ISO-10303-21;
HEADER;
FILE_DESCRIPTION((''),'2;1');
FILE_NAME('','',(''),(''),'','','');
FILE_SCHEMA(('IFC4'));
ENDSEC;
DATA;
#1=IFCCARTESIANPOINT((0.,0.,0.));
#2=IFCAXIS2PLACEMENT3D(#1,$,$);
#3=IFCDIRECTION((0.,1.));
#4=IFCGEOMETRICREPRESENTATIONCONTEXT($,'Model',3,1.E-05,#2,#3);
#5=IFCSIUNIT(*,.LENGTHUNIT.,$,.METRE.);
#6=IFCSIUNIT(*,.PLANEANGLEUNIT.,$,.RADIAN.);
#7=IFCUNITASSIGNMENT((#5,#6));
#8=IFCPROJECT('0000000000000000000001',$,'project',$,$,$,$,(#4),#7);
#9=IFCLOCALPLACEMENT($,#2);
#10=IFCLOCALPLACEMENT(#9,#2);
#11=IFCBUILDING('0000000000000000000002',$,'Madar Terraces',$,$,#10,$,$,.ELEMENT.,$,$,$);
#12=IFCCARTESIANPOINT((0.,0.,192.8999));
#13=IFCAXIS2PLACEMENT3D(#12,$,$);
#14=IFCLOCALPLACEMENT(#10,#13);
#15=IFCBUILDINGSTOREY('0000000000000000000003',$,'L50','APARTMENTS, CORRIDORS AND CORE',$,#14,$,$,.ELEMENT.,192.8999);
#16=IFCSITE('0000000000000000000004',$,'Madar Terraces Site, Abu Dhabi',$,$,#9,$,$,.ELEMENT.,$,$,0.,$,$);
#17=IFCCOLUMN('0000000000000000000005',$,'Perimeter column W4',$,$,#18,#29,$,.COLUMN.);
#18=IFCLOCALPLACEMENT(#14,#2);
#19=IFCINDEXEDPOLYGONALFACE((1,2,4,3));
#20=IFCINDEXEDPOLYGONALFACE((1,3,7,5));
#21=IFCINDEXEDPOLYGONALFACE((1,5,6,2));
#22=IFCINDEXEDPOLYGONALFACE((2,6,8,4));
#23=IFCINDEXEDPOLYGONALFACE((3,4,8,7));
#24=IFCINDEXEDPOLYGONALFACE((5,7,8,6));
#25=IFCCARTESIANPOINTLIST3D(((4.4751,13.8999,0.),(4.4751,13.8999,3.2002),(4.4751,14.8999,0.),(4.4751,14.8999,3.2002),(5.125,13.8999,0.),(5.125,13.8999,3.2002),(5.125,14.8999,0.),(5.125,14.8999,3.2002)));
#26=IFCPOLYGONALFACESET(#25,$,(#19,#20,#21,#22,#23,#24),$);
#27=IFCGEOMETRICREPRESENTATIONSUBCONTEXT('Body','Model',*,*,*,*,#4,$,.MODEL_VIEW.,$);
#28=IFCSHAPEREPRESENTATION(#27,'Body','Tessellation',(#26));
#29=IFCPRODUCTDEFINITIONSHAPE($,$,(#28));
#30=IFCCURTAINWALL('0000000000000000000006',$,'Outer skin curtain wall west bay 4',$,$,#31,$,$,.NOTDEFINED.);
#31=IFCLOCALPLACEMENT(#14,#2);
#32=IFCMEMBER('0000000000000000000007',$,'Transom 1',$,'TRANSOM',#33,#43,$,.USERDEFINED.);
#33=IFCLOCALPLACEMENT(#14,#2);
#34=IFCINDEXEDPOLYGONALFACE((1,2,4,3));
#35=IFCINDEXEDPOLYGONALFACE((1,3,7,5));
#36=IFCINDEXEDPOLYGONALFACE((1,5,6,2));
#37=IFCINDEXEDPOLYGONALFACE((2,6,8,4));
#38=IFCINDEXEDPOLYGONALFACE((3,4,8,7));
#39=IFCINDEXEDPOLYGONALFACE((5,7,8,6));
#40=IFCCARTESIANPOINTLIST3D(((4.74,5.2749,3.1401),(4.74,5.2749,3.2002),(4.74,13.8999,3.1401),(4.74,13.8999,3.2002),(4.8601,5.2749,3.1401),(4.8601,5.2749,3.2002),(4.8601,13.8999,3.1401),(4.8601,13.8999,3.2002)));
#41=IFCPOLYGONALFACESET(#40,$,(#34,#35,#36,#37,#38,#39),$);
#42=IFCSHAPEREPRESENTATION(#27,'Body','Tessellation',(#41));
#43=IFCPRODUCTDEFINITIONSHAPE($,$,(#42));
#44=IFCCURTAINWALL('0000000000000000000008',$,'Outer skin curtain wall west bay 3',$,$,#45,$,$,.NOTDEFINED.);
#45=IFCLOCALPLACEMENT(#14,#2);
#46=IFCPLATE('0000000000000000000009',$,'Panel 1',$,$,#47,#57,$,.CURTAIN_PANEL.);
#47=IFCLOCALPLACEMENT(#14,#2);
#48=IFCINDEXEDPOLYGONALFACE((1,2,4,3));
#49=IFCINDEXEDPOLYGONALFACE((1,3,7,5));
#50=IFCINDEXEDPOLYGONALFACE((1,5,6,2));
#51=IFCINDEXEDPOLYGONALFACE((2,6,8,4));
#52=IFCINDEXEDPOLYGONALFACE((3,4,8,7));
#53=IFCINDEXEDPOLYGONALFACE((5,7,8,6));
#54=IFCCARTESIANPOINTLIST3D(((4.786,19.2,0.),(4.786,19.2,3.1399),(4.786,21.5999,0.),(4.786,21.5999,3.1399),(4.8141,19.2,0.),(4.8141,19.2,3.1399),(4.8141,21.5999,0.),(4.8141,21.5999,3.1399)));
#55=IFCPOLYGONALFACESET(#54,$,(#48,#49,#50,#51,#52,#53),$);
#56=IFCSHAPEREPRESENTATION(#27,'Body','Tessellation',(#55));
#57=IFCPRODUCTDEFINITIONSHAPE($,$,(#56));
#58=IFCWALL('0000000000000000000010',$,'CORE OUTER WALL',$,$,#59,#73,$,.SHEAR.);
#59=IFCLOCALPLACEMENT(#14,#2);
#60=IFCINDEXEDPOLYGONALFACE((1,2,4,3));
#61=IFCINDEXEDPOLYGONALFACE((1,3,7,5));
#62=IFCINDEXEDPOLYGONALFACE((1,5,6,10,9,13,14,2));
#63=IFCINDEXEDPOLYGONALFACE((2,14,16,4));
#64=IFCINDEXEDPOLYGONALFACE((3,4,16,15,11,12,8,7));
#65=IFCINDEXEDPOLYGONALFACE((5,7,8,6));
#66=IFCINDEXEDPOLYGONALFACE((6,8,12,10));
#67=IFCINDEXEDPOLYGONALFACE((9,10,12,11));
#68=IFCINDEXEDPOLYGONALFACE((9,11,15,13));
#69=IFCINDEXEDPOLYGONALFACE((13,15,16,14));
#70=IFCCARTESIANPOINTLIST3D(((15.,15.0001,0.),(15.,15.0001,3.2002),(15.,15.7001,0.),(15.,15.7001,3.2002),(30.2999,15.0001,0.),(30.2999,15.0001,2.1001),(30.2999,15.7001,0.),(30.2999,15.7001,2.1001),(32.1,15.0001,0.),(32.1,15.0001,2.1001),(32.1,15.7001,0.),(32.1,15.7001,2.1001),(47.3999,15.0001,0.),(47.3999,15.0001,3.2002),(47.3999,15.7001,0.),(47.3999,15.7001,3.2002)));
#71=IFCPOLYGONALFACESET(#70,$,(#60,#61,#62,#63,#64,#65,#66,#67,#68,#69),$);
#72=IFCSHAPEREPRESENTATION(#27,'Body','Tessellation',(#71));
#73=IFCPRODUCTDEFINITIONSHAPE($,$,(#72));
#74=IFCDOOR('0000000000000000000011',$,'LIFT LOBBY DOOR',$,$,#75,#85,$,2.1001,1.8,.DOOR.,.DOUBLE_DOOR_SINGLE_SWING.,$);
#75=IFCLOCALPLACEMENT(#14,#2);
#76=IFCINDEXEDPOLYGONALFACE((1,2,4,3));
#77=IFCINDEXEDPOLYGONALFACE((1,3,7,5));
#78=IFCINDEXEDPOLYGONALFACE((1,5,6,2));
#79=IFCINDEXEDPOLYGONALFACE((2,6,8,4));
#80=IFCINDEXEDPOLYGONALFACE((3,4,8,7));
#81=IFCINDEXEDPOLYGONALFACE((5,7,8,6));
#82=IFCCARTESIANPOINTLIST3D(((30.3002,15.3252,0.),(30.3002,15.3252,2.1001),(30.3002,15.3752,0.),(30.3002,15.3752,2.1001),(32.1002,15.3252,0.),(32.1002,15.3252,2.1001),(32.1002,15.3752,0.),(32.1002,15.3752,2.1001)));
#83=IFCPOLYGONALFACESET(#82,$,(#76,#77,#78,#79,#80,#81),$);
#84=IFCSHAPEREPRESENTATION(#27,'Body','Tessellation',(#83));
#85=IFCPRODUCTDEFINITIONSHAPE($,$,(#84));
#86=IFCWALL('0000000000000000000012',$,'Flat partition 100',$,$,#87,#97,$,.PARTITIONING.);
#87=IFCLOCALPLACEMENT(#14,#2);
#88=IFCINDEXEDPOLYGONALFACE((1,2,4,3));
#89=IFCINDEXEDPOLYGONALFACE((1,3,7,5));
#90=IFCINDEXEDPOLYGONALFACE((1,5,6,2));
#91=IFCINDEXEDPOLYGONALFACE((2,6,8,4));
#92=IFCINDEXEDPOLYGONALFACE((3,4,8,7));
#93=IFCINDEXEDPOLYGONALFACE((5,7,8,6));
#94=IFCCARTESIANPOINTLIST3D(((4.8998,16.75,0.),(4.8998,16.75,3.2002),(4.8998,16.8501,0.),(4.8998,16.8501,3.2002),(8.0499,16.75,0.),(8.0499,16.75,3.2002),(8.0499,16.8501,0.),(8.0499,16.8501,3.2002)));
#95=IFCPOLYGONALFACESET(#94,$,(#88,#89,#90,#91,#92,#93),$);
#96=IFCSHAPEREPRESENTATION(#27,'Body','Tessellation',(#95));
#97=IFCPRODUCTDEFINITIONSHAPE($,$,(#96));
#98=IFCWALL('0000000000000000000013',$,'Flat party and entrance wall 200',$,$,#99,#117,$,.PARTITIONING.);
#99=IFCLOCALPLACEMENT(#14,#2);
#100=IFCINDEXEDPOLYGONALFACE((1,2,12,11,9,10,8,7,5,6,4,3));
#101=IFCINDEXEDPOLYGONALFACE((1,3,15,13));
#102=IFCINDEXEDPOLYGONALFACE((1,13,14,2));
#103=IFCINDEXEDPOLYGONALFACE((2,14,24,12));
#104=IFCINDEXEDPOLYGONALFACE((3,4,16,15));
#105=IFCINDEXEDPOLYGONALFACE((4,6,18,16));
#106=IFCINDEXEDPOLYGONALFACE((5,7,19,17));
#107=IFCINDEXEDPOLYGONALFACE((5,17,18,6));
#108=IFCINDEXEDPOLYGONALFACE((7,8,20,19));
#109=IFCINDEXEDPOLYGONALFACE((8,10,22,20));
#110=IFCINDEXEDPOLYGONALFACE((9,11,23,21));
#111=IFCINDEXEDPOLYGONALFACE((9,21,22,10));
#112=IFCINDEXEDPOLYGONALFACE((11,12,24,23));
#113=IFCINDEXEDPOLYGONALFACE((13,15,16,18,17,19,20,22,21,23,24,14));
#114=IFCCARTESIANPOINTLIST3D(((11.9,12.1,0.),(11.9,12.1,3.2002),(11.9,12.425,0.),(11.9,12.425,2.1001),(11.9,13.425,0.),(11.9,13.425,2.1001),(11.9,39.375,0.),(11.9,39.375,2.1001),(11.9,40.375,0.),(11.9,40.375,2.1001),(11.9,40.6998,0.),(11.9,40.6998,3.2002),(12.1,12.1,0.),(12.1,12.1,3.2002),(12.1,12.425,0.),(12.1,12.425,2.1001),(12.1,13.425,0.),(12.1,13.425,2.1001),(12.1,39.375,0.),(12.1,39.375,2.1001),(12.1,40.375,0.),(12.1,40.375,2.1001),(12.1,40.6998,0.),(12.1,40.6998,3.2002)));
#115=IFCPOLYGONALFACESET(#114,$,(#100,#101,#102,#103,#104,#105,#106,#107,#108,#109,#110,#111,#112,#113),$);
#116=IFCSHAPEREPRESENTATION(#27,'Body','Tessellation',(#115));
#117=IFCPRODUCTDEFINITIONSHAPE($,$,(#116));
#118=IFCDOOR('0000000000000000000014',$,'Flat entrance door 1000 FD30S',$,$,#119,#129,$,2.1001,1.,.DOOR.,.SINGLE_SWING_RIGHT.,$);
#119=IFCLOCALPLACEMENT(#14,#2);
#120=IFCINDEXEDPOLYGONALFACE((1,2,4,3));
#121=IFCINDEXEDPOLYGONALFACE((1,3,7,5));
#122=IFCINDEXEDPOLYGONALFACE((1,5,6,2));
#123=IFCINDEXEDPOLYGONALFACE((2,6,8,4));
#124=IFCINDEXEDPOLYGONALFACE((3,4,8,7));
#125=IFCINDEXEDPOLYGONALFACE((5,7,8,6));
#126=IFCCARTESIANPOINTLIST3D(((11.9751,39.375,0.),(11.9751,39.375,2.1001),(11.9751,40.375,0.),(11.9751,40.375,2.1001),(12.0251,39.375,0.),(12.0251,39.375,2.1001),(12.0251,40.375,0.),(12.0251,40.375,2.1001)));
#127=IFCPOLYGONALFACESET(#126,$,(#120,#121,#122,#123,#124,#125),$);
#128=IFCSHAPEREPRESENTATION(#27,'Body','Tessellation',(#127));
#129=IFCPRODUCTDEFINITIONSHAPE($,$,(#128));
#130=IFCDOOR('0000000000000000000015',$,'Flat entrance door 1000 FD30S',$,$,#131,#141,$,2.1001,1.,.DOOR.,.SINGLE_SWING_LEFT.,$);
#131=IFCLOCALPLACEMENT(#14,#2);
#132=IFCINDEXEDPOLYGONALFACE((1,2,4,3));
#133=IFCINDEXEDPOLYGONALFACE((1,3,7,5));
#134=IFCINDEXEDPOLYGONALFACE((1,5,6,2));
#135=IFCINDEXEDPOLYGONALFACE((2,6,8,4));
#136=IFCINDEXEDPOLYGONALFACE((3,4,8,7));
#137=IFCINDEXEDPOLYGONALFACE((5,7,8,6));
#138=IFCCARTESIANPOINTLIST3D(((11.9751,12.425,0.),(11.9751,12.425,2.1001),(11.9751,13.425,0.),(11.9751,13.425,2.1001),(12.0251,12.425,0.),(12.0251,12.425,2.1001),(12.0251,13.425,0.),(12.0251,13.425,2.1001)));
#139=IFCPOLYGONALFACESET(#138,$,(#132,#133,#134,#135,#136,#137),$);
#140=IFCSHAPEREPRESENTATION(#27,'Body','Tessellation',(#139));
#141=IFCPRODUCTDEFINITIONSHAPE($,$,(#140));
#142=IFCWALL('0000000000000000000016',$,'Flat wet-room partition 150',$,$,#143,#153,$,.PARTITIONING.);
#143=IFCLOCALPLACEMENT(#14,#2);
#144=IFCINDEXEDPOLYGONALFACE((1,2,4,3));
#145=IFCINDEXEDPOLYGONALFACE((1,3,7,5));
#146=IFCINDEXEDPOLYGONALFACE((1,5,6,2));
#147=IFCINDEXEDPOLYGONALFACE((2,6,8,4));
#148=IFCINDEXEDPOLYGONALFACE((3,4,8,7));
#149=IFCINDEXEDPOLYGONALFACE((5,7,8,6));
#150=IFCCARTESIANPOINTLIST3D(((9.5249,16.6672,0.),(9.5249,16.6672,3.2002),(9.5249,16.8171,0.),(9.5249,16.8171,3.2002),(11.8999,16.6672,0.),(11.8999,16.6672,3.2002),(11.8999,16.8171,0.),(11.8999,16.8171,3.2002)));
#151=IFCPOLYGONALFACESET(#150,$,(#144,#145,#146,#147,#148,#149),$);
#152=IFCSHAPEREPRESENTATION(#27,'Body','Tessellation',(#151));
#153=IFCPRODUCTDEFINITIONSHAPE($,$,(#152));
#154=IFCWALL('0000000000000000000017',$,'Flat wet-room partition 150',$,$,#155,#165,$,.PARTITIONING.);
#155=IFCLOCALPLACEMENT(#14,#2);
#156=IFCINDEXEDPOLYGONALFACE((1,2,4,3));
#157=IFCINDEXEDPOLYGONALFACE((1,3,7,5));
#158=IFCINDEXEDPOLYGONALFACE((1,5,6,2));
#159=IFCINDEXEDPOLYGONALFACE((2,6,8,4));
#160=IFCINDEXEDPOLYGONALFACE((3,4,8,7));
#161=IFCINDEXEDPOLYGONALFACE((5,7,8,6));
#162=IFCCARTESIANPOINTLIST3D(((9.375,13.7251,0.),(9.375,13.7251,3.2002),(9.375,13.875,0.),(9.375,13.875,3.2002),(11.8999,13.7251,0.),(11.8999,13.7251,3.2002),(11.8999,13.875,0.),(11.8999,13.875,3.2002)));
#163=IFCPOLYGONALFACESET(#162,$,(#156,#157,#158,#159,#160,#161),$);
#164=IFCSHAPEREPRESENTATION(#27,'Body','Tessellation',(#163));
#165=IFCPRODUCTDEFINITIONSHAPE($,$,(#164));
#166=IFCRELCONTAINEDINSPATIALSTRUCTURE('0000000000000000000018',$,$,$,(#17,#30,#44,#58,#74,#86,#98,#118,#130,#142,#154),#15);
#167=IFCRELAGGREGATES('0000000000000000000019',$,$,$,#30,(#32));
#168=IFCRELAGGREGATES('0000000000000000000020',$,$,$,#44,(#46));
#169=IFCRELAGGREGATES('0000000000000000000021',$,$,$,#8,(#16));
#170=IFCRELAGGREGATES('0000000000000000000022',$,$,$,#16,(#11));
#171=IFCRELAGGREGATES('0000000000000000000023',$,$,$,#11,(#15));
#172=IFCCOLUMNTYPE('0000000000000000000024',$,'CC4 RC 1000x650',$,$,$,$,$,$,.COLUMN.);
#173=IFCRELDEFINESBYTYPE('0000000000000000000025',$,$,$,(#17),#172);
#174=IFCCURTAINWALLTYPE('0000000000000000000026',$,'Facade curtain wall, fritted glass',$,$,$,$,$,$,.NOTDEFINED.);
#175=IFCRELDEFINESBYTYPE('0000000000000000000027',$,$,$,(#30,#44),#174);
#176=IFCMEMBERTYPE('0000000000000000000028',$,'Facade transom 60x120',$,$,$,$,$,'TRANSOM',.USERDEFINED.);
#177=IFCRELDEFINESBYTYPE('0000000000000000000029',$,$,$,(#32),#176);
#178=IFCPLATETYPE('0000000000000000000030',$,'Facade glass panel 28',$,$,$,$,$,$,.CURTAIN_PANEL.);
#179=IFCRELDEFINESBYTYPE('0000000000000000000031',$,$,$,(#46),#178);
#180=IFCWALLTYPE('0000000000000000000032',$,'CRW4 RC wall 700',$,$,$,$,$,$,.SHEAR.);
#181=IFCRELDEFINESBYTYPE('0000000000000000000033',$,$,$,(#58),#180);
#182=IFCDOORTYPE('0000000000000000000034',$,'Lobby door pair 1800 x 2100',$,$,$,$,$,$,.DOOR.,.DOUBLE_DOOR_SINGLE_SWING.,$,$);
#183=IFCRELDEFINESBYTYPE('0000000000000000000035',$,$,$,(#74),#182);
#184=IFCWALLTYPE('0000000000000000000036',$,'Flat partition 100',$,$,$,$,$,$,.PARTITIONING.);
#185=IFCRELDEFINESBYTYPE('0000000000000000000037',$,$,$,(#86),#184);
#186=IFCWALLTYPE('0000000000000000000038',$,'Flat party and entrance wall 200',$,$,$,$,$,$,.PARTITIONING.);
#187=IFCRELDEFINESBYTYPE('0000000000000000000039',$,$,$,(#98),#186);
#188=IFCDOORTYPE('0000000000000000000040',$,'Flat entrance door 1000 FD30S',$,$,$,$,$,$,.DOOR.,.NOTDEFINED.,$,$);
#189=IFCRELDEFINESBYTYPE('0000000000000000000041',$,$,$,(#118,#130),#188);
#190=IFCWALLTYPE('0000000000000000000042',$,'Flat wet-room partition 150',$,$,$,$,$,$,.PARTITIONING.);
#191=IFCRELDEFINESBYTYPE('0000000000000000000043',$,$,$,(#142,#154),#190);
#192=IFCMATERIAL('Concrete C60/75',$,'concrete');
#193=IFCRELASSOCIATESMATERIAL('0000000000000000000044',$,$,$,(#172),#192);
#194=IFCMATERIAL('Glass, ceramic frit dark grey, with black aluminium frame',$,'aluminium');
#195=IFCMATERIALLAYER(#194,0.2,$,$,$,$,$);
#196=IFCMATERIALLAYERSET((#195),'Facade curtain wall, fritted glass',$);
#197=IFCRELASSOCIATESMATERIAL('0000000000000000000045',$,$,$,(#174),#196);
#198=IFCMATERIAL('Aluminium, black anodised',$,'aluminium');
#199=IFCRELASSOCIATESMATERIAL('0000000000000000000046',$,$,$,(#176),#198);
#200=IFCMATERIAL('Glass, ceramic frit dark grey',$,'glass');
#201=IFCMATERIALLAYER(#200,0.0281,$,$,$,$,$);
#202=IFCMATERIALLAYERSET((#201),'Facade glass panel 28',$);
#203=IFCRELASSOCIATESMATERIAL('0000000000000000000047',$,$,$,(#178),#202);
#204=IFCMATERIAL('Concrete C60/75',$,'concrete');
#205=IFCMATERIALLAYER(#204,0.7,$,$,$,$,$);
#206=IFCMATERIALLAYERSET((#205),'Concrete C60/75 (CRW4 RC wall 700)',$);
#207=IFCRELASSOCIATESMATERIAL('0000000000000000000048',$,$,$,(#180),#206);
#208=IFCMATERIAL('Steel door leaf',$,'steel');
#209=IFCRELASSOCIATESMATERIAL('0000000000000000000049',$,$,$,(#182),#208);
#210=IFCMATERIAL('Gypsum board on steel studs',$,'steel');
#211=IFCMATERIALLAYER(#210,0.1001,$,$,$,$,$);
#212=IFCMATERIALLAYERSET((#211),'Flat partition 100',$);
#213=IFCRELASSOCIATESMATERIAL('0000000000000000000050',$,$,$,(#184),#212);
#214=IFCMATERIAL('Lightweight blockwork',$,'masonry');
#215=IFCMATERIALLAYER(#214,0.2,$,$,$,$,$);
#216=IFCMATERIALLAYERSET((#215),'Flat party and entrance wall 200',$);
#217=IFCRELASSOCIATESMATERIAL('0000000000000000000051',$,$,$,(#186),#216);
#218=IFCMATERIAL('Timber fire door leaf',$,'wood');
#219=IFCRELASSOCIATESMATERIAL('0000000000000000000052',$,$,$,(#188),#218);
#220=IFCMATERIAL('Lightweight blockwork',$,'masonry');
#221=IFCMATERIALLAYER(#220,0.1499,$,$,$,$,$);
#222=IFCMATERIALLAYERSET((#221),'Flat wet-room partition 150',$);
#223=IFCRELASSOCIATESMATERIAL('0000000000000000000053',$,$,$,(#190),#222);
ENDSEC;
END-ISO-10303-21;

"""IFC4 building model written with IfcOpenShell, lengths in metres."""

from ifc_helpers import new_model, si_unit, direction, frame, frame_2d, origin, origin_2d, place, context, subcontext, project, spatial, rectangle, extrude, material, layer, layer_set, material_profile, profile_set, type_object, element, fill, aggregate, save


model = new_model("IFC4")

# Units and contexts
model_context = context("Model", 3, precision=1e-05, world=origin(), true_north=direction((0.0, 1.0)))
body_context = subcontext(model_context, "Body", "Model", "MODEL_VIEW")
ifc_project = project(units=[si_unit("LENGTHUNIT", "METRE"), si_unit("PLANEANGLEUNIT", "RADIAN")], contexts=[model_context])

# Site, building, storey
site_placement = place(None, origin())
site = spatial("IfcSite", under=ifc_project, at=site_placement, Name="Madar Terraces Site, Abu Dhabi", CompositionType="ELEMENT", RefElevation=0.0)
building_placement = place(site_placement, origin())
building = spatial("IfcBuilding", under=site, at=building_placement, Name="Madar Terraces", CompositionType="ELEMENT")
storey_placement = place(building_placement, frame((0.0, 0.0, 192.8999)))
storey = spatial("IfcBuildingStorey", under=building, at=storey_placement, Name="L50", Description="APARTMENTS, CORRIDORS AND CORE", CompositionType="ELEMENT", Elevation=192.8999)

# Column
ifc_material_1 = material(Name="Concrete C60/75", Category="concrete")
ifc_material_profile_1 = material_profile(ifc_material_1, rectangle(XDim=1.0, YDim=0.6499, at=origin_2d()), Name="CC4 RC 1000x650")
ifc_profile_set_1 = profile_set([ifc_material_profile_1], Name="Concrete C60/75")
column_type = type_object("IfcColumnType", Name="CC4 RC 1000x650", PredefinedType="COLUMN", material=ifc_profile_set_1)
column_placement = place(storey_placement, frame((4.8, 14.3999, 0.0), z_axis=(0.0, 0.0, 1.0), x_axis=(0.0, 1.0, 0.0)))
element("IfcColumn", 1, at=column_placement, inside=storey, type_object=column_type, Name="Perimeter column W4", PredefinedType="COLUMN", context=body_context, shape_type="SweptSolid", body=[
    extrude(rectangle(XDim=1.0, YDim=0.6499, at=origin_2d()), origin(), (0.0, 0.0, 1.0), 3.2002),
])

# Curtain wall, member
ifc_material_2 = material(Name="Glass, ceramic frit dark grey, with black aluminium frame", Category="aluminium")
ifc_layer_1 = layer(ifc_material_2, 0.2)
ifc_layer_set_1 = layer_set([ifc_layer_1], Name="Facade curtain wall, fritted glass")
curtain_wall_type = type_object("IfcCurtainWallType", Name="Facade curtain wall, fritted glass", PredefinedType="NOTDEFINED", material=ifc_layer_set_1)
curtain_wall_1_placement = place(storey_placement, origin())
curtain_wall_1 = element("IfcCurtainWall", 2, at=curtain_wall_1_placement, inside=storey, type_object=curtain_wall_type, Name="Outer skin curtain wall west bay 4", PredefinedType="NOTDEFINED")
ifc_material_3 = material(Name="Aluminium, black anodised", Category="aluminium")
ifc_material_profile_2 = material_profile(ifc_material_3, rectangle(XDim=0.1201, YDim=0.0601, at=origin_2d()), Name="Facade transom 60x120")
ifc_profile_set_2 = profile_set([ifc_material_profile_2], Name="Aluminium, black anodised")
member_type = type_object("IfcMemberType", Name="Facade transom 60x120", ElementType="TRANSOM", PredefinedType="USERDEFINED", material=ifc_profile_set_2)
member_placement = place(storey_placement, frame((4.8, 13.8999, 3.1702), z_axis=(0.0, -1.0, 0.0), x_axis=(1.0, 0.0, 0.0)))
member = element("IfcMember", 3, at=member_placement, type_object=member_type, Name="Transom 1", ObjectType="TRANSOM", PredefinedType="USERDEFINED", context=body_context, shape_type="SweptSolid", body=[
    extrude(rectangle(XDim=0.1201, YDim=0.0601, at=origin_2d()), origin(), (0.0, 0.0, 1.0), 8.625),
])
aggregate(curtain_wall_1, [member])

# Curtain wall, plate
curtain_wall_2_placement = place(storey_placement, origin())
curtain_wall_2 = element("IfcCurtainWall", 4, at=curtain_wall_2_placement, inside=storey, type_object=curtain_wall_type, Name="Outer skin curtain wall west bay 3", PredefinedType="NOTDEFINED")
ifc_material_4 = material(Name="Glass, ceramic frit dark grey", Category="glass")
ifc_layer_2 = layer(ifc_material_4, 0.0281)
ifc_layer_set_2 = layer_set([ifc_layer_2], Name="Facade glass panel 28")
plate_type = type_object("IfcPlateType", Name="Facade glass panel 28", PredefinedType="CURTAIN_PANEL", material=ifc_layer_set_2)
plate_placement = place(storey_placement, frame((4.8, 20.3999, 0.0), z_axis=(0.0, 0.0, 1.0), x_axis=(0.0, -1.0, 0.0)))
plate = element("IfcPlate", 5, at=plate_placement, type_object=plate_type, Name="Panel 1", PredefinedType="CURTAIN_PANEL", context=body_context, shape_type="SweptSolid", body=[
    extrude(rectangle(XDim=2.3999, YDim=0.0281, at=origin_2d()), origin(), (0.0, 0.0, 1.0), 3.1399),
])
aggregate(curtain_wall_2, [plate])

# Wall, opening, door
ifc_material_5 = material(Name="Concrete C60/75", Category="concrete")
ifc_layer_3 = layer(ifc_material_5, 0.7)
ifc_layer_set_3 = layer_set([ifc_layer_3], Name="Concrete C60/75 (CRW4 RC wall 700)")
wall_type_1 = type_object("IfcWallType", Name="CRW4 RC wall 700", PredefinedType="SHEAR", material=ifc_layer_set_3)
wall_1_placement = place(storey_placement, frame((15.0, 15.3501, 0.0), z_axis=(0.0, 0.0, 1.0), x_axis=(1.0, 0.0, 0.0)))
wall_1 = element("IfcWall", 6, at=wall_1_placement, inside=storey, type_object=wall_type_1, Name="CORE OUTER WALL", PredefinedType="SHEAR", context=body_context, shape_type="SweptSolid", body=[
    extrude(rectangle(XDim=32.3999, YDim=0.7, at=frame_2d((16.2, 0.0))), origin(), (0.0, 0.0, 1.0), 3.2002),
])
opening_1_placement = place(wall_1_placement, frame((15.3, 0.0, 0.0)))
opening_1 = element("IfcOpeningElement", 7, at=opening_1_placement, cuts=wall_1, PredefinedType="OPENING", context=body_context, shape_type="SweptSolid", body=[
    extrude(rectangle(XDim=1.8, YDim=2.1001, at=frame_2d((0.8999, 1.05))), frame((0.0, 0.3599, 0.0), z_axis=(0.0, -1.0, 0.0), x_axis=(1.0, 0.0, 0.0)), (0.0, 0.0, 1.0), 0.72),
])
ifc_material_6 = material(Name="Steel door leaf", Category="steel")
door_type_1 = type_object("IfcDoorType", Name="Lobby door pair 1800 x 2100", OperationType="DOUBLE_DOOR_SINGLE_SWING", PredefinedType="DOOR", material=ifc_material_6)
door_1_placement = place(opening_1_placement, frame((1.8, 0.0, 0.0), z_axis=(0.0, 0.0, 1.0), x_axis=(-1.0, 0.0, 0.0)))
door_1 = element("IfcDoor", 8, at=door_1_placement, inside=storey, type_object=door_type_1, Name="LIFT LOBBY DOOR", OperationType="DOUBLE_DOOR_SINGLE_SWING", OverallHeight=2.1001, OverallWidth=1.8, PredefinedType="DOOR", context=body_context, shape_type="SweptSolid", body=[
    extrude(rectangle(XDim=1.8, YDim=2.1001, at=frame_2d((0.8999, 1.05))), frame((0.0, 0.0249, 0.0), z_axis=(0.0, -1.0, 0.0), x_axis=(1.0, 0.0, 0.0)), (0.0, 0.0, 1.0), 0.05),
])
fill(opening_1, door_1)

# Wall
ifc_material_7 = material(Name="Gypsum board on steel studs", Category="steel")
ifc_layer_4 = layer(ifc_material_7, 0.1001)
ifc_layer_set_4 = layer_set([ifc_layer_4], Name="Flat partition 100")
wall_type_2 = type_object("IfcWallType", Name="Flat partition 100", PredefinedType="PARTITIONING", material=ifc_layer_set_4)
wall_2_placement = place(storey_placement, frame((8.05, 16.8, 0.0), z_axis=(0.0, 0.0, 1.0), x_axis=(-1.0, 0.0, 0.0)))
element("IfcWall", 9, at=wall_2_placement, inside=storey, type_object=wall_type_2, Name="Flat partition 100", PredefinedType="PARTITIONING", context=body_context, shape_type="SweptSolid", body=[
    extrude(rectangle(XDim=3.1501, YDim=0.1001, at=frame_2d((1.5752, 0.0))), origin(), (0.0, 0.0, 1.0), 3.2002),
])

# Wall, openings, doors
ifc_material_8 = material(Name="Lightweight blockwork", Category="masonry")
ifc_layer_5 = layer(ifc_material_8, 0.2)
ifc_layer_set_5 = layer_set([ifc_layer_5], Name="Flat party and entrance wall 200")
wall_type_3 = type_object("IfcWallType", Name="Flat party and entrance wall 200", PredefinedType="PARTITIONING", material=ifc_layer_set_5)
wall_3_placement = place(storey_placement, frame((12.0, 12.1001, 0.0), z_axis=(0.0, 0.0, 1.0), x_axis=(0.0, 1.0, 0.0)))
wall_3 = element("IfcWall", 10, at=wall_3_placement, inside=storey, type_object=wall_type_3, Name="Flat party and entrance wall 200", PredefinedType="PARTITIONING", context=body_context, shape_type="SweptSolid", body=[
    extrude(rectangle(XDim=28.5999, YDim=0.2, at=frame_2d((14.2998, 0.0))), origin(), (0.0, 0.0, 1.0), 3.2002),
])
opening_2_placement = place(wall_3_placement, frame((27.2749, 0.0, 0.0)))
opening_2 = element("IfcOpeningElement", 11, at=opening_2_placement, cuts=wall_3, PredefinedType="OPENING", context=body_context, shape_type="SweptSolid", body=[
    extrude(rectangle(XDim=1.0, YDim=2.1001, at=frame_2d((0.5, 1.05))), frame((0.0, 0.1099, 0.0), z_axis=(0.0, -1.0, 0.0), x_axis=(1.0, 0.0, 0.0)), (0.0, 0.0, 1.0), 0.22),
])
opening_3_placement = place(wall_3_placement, frame((0.325, 0.0, 0.0)))
opening_3 = element("IfcOpeningElement", 12, at=opening_3_placement, cuts=wall_3, PredefinedType="OPENING", context=body_context, shape_type="SweptSolid", body=[
    extrude(rectangle(XDim=1.0, YDim=2.1001, at=frame_2d((0.5, 1.05))), frame((0.0, 0.1099, 0.0), z_axis=(0.0, -1.0, 0.0), x_axis=(1.0, 0.0, 0.0)), (0.0, 0.0, 1.0), 0.22),
])
ifc_material_9 = material(Name="Timber fire door leaf", Category="wood")
door_type_2 = type_object("IfcDoorType", Name="Flat entrance door 1000 FD30S", OperationType="NOTDEFINED", PredefinedType="DOOR", material=ifc_material_9)
door_2_placement = place(opening_2_placement, origin())
door_2 = element("IfcDoor", 13, at=door_2_placement, inside=storey, type_object=door_type_2, Name="Flat entrance door 1000 FD30S", OperationType="SINGLE_SWING_RIGHT", OverallHeight=2.1001, OverallWidth=1.0, PredefinedType="DOOR", context=body_context, shape_type="SweptSolid", body=[
    extrude(rectangle(XDim=1.0, YDim=2.1001, at=frame_2d((0.5, 1.05))), frame((0.0, 0.0249, 0.0), z_axis=(0.0, -1.0, 0.0), x_axis=(1.0, 0.0, 0.0)), (0.0, 0.0, 1.0), 0.05),
])
fill(opening_2, door_2)
door_3_placement = place(opening_3_placement, origin())
door_3 = element("IfcDoor", 14, at=door_3_placement, inside=storey, type_object=door_type_2, Name="Flat entrance door 1000 FD30S", OperationType="SINGLE_SWING_LEFT", OverallHeight=2.1001, OverallWidth=1.0, PredefinedType="DOOR", context=body_context, shape_type="SweptSolid", body=[
    extrude(rectangle(XDim=1.0, YDim=2.1001, at=frame_2d((0.5, 1.05))), frame((0.0, 0.0249, 0.0), z_axis=(0.0, -1.0, 0.0), x_axis=(1.0, 0.0, 0.0)), (0.0, 0.0, 1.0), 0.05),
])
fill(opening_3, door_3)

# Walls
ifc_material_10 = material(Name="Lightweight blockwork", Category="masonry")
ifc_layer_6 = layer(ifc_material_10, 0.1499)
ifc_layer_set_6 = layer_set([ifc_layer_6], Name="Flat wet-room partition 150")
wall_type_4 = type_object("IfcWallType", Name="Flat wet-room partition 150", PredefinedType="PARTITIONING", material=ifc_layer_set_6)
wall_4_placement = place(storey_placement, frame((11.8999, 16.7422, 0.0), z_axis=(0.0, 0.0, 1.0), x_axis=(-1.0, 0.0, 0.0)))
element("IfcWall", 15, at=wall_4_placement, inside=storey, type_object=wall_type_4, Name="Flat wet-room partition 150", PredefinedType="PARTITIONING", context=body_context, shape_type="SweptSolid", body=[
    extrude(rectangle(XDim=2.375, YDim=0.1499, at=frame_2d((1.1875, 0.0))), origin(), (0.0, 0.0, 1.0), 3.2002),
])
wall_5_placement = place(storey_placement, frame((11.8999, 13.8, 0.0), z_axis=(0.0, 0.0, 1.0), x_axis=(-1.0, 0.0, 0.0)))
element("IfcWall", 16, at=wall_5_placement, inside=storey, type_object=wall_type_4, Name="Flat wet-room partition 150", PredefinedType="PARTITIONING", context=body_context, shape_type="SweptSolid", body=[
    extrude(rectangle(XDim=2.5249, YDim=0.1499, at=frame_2d((1.2625, 0.0))), origin(), (0.0, 0.0, 1.0), 3.2002),
])

save(model, "model.ifc")
